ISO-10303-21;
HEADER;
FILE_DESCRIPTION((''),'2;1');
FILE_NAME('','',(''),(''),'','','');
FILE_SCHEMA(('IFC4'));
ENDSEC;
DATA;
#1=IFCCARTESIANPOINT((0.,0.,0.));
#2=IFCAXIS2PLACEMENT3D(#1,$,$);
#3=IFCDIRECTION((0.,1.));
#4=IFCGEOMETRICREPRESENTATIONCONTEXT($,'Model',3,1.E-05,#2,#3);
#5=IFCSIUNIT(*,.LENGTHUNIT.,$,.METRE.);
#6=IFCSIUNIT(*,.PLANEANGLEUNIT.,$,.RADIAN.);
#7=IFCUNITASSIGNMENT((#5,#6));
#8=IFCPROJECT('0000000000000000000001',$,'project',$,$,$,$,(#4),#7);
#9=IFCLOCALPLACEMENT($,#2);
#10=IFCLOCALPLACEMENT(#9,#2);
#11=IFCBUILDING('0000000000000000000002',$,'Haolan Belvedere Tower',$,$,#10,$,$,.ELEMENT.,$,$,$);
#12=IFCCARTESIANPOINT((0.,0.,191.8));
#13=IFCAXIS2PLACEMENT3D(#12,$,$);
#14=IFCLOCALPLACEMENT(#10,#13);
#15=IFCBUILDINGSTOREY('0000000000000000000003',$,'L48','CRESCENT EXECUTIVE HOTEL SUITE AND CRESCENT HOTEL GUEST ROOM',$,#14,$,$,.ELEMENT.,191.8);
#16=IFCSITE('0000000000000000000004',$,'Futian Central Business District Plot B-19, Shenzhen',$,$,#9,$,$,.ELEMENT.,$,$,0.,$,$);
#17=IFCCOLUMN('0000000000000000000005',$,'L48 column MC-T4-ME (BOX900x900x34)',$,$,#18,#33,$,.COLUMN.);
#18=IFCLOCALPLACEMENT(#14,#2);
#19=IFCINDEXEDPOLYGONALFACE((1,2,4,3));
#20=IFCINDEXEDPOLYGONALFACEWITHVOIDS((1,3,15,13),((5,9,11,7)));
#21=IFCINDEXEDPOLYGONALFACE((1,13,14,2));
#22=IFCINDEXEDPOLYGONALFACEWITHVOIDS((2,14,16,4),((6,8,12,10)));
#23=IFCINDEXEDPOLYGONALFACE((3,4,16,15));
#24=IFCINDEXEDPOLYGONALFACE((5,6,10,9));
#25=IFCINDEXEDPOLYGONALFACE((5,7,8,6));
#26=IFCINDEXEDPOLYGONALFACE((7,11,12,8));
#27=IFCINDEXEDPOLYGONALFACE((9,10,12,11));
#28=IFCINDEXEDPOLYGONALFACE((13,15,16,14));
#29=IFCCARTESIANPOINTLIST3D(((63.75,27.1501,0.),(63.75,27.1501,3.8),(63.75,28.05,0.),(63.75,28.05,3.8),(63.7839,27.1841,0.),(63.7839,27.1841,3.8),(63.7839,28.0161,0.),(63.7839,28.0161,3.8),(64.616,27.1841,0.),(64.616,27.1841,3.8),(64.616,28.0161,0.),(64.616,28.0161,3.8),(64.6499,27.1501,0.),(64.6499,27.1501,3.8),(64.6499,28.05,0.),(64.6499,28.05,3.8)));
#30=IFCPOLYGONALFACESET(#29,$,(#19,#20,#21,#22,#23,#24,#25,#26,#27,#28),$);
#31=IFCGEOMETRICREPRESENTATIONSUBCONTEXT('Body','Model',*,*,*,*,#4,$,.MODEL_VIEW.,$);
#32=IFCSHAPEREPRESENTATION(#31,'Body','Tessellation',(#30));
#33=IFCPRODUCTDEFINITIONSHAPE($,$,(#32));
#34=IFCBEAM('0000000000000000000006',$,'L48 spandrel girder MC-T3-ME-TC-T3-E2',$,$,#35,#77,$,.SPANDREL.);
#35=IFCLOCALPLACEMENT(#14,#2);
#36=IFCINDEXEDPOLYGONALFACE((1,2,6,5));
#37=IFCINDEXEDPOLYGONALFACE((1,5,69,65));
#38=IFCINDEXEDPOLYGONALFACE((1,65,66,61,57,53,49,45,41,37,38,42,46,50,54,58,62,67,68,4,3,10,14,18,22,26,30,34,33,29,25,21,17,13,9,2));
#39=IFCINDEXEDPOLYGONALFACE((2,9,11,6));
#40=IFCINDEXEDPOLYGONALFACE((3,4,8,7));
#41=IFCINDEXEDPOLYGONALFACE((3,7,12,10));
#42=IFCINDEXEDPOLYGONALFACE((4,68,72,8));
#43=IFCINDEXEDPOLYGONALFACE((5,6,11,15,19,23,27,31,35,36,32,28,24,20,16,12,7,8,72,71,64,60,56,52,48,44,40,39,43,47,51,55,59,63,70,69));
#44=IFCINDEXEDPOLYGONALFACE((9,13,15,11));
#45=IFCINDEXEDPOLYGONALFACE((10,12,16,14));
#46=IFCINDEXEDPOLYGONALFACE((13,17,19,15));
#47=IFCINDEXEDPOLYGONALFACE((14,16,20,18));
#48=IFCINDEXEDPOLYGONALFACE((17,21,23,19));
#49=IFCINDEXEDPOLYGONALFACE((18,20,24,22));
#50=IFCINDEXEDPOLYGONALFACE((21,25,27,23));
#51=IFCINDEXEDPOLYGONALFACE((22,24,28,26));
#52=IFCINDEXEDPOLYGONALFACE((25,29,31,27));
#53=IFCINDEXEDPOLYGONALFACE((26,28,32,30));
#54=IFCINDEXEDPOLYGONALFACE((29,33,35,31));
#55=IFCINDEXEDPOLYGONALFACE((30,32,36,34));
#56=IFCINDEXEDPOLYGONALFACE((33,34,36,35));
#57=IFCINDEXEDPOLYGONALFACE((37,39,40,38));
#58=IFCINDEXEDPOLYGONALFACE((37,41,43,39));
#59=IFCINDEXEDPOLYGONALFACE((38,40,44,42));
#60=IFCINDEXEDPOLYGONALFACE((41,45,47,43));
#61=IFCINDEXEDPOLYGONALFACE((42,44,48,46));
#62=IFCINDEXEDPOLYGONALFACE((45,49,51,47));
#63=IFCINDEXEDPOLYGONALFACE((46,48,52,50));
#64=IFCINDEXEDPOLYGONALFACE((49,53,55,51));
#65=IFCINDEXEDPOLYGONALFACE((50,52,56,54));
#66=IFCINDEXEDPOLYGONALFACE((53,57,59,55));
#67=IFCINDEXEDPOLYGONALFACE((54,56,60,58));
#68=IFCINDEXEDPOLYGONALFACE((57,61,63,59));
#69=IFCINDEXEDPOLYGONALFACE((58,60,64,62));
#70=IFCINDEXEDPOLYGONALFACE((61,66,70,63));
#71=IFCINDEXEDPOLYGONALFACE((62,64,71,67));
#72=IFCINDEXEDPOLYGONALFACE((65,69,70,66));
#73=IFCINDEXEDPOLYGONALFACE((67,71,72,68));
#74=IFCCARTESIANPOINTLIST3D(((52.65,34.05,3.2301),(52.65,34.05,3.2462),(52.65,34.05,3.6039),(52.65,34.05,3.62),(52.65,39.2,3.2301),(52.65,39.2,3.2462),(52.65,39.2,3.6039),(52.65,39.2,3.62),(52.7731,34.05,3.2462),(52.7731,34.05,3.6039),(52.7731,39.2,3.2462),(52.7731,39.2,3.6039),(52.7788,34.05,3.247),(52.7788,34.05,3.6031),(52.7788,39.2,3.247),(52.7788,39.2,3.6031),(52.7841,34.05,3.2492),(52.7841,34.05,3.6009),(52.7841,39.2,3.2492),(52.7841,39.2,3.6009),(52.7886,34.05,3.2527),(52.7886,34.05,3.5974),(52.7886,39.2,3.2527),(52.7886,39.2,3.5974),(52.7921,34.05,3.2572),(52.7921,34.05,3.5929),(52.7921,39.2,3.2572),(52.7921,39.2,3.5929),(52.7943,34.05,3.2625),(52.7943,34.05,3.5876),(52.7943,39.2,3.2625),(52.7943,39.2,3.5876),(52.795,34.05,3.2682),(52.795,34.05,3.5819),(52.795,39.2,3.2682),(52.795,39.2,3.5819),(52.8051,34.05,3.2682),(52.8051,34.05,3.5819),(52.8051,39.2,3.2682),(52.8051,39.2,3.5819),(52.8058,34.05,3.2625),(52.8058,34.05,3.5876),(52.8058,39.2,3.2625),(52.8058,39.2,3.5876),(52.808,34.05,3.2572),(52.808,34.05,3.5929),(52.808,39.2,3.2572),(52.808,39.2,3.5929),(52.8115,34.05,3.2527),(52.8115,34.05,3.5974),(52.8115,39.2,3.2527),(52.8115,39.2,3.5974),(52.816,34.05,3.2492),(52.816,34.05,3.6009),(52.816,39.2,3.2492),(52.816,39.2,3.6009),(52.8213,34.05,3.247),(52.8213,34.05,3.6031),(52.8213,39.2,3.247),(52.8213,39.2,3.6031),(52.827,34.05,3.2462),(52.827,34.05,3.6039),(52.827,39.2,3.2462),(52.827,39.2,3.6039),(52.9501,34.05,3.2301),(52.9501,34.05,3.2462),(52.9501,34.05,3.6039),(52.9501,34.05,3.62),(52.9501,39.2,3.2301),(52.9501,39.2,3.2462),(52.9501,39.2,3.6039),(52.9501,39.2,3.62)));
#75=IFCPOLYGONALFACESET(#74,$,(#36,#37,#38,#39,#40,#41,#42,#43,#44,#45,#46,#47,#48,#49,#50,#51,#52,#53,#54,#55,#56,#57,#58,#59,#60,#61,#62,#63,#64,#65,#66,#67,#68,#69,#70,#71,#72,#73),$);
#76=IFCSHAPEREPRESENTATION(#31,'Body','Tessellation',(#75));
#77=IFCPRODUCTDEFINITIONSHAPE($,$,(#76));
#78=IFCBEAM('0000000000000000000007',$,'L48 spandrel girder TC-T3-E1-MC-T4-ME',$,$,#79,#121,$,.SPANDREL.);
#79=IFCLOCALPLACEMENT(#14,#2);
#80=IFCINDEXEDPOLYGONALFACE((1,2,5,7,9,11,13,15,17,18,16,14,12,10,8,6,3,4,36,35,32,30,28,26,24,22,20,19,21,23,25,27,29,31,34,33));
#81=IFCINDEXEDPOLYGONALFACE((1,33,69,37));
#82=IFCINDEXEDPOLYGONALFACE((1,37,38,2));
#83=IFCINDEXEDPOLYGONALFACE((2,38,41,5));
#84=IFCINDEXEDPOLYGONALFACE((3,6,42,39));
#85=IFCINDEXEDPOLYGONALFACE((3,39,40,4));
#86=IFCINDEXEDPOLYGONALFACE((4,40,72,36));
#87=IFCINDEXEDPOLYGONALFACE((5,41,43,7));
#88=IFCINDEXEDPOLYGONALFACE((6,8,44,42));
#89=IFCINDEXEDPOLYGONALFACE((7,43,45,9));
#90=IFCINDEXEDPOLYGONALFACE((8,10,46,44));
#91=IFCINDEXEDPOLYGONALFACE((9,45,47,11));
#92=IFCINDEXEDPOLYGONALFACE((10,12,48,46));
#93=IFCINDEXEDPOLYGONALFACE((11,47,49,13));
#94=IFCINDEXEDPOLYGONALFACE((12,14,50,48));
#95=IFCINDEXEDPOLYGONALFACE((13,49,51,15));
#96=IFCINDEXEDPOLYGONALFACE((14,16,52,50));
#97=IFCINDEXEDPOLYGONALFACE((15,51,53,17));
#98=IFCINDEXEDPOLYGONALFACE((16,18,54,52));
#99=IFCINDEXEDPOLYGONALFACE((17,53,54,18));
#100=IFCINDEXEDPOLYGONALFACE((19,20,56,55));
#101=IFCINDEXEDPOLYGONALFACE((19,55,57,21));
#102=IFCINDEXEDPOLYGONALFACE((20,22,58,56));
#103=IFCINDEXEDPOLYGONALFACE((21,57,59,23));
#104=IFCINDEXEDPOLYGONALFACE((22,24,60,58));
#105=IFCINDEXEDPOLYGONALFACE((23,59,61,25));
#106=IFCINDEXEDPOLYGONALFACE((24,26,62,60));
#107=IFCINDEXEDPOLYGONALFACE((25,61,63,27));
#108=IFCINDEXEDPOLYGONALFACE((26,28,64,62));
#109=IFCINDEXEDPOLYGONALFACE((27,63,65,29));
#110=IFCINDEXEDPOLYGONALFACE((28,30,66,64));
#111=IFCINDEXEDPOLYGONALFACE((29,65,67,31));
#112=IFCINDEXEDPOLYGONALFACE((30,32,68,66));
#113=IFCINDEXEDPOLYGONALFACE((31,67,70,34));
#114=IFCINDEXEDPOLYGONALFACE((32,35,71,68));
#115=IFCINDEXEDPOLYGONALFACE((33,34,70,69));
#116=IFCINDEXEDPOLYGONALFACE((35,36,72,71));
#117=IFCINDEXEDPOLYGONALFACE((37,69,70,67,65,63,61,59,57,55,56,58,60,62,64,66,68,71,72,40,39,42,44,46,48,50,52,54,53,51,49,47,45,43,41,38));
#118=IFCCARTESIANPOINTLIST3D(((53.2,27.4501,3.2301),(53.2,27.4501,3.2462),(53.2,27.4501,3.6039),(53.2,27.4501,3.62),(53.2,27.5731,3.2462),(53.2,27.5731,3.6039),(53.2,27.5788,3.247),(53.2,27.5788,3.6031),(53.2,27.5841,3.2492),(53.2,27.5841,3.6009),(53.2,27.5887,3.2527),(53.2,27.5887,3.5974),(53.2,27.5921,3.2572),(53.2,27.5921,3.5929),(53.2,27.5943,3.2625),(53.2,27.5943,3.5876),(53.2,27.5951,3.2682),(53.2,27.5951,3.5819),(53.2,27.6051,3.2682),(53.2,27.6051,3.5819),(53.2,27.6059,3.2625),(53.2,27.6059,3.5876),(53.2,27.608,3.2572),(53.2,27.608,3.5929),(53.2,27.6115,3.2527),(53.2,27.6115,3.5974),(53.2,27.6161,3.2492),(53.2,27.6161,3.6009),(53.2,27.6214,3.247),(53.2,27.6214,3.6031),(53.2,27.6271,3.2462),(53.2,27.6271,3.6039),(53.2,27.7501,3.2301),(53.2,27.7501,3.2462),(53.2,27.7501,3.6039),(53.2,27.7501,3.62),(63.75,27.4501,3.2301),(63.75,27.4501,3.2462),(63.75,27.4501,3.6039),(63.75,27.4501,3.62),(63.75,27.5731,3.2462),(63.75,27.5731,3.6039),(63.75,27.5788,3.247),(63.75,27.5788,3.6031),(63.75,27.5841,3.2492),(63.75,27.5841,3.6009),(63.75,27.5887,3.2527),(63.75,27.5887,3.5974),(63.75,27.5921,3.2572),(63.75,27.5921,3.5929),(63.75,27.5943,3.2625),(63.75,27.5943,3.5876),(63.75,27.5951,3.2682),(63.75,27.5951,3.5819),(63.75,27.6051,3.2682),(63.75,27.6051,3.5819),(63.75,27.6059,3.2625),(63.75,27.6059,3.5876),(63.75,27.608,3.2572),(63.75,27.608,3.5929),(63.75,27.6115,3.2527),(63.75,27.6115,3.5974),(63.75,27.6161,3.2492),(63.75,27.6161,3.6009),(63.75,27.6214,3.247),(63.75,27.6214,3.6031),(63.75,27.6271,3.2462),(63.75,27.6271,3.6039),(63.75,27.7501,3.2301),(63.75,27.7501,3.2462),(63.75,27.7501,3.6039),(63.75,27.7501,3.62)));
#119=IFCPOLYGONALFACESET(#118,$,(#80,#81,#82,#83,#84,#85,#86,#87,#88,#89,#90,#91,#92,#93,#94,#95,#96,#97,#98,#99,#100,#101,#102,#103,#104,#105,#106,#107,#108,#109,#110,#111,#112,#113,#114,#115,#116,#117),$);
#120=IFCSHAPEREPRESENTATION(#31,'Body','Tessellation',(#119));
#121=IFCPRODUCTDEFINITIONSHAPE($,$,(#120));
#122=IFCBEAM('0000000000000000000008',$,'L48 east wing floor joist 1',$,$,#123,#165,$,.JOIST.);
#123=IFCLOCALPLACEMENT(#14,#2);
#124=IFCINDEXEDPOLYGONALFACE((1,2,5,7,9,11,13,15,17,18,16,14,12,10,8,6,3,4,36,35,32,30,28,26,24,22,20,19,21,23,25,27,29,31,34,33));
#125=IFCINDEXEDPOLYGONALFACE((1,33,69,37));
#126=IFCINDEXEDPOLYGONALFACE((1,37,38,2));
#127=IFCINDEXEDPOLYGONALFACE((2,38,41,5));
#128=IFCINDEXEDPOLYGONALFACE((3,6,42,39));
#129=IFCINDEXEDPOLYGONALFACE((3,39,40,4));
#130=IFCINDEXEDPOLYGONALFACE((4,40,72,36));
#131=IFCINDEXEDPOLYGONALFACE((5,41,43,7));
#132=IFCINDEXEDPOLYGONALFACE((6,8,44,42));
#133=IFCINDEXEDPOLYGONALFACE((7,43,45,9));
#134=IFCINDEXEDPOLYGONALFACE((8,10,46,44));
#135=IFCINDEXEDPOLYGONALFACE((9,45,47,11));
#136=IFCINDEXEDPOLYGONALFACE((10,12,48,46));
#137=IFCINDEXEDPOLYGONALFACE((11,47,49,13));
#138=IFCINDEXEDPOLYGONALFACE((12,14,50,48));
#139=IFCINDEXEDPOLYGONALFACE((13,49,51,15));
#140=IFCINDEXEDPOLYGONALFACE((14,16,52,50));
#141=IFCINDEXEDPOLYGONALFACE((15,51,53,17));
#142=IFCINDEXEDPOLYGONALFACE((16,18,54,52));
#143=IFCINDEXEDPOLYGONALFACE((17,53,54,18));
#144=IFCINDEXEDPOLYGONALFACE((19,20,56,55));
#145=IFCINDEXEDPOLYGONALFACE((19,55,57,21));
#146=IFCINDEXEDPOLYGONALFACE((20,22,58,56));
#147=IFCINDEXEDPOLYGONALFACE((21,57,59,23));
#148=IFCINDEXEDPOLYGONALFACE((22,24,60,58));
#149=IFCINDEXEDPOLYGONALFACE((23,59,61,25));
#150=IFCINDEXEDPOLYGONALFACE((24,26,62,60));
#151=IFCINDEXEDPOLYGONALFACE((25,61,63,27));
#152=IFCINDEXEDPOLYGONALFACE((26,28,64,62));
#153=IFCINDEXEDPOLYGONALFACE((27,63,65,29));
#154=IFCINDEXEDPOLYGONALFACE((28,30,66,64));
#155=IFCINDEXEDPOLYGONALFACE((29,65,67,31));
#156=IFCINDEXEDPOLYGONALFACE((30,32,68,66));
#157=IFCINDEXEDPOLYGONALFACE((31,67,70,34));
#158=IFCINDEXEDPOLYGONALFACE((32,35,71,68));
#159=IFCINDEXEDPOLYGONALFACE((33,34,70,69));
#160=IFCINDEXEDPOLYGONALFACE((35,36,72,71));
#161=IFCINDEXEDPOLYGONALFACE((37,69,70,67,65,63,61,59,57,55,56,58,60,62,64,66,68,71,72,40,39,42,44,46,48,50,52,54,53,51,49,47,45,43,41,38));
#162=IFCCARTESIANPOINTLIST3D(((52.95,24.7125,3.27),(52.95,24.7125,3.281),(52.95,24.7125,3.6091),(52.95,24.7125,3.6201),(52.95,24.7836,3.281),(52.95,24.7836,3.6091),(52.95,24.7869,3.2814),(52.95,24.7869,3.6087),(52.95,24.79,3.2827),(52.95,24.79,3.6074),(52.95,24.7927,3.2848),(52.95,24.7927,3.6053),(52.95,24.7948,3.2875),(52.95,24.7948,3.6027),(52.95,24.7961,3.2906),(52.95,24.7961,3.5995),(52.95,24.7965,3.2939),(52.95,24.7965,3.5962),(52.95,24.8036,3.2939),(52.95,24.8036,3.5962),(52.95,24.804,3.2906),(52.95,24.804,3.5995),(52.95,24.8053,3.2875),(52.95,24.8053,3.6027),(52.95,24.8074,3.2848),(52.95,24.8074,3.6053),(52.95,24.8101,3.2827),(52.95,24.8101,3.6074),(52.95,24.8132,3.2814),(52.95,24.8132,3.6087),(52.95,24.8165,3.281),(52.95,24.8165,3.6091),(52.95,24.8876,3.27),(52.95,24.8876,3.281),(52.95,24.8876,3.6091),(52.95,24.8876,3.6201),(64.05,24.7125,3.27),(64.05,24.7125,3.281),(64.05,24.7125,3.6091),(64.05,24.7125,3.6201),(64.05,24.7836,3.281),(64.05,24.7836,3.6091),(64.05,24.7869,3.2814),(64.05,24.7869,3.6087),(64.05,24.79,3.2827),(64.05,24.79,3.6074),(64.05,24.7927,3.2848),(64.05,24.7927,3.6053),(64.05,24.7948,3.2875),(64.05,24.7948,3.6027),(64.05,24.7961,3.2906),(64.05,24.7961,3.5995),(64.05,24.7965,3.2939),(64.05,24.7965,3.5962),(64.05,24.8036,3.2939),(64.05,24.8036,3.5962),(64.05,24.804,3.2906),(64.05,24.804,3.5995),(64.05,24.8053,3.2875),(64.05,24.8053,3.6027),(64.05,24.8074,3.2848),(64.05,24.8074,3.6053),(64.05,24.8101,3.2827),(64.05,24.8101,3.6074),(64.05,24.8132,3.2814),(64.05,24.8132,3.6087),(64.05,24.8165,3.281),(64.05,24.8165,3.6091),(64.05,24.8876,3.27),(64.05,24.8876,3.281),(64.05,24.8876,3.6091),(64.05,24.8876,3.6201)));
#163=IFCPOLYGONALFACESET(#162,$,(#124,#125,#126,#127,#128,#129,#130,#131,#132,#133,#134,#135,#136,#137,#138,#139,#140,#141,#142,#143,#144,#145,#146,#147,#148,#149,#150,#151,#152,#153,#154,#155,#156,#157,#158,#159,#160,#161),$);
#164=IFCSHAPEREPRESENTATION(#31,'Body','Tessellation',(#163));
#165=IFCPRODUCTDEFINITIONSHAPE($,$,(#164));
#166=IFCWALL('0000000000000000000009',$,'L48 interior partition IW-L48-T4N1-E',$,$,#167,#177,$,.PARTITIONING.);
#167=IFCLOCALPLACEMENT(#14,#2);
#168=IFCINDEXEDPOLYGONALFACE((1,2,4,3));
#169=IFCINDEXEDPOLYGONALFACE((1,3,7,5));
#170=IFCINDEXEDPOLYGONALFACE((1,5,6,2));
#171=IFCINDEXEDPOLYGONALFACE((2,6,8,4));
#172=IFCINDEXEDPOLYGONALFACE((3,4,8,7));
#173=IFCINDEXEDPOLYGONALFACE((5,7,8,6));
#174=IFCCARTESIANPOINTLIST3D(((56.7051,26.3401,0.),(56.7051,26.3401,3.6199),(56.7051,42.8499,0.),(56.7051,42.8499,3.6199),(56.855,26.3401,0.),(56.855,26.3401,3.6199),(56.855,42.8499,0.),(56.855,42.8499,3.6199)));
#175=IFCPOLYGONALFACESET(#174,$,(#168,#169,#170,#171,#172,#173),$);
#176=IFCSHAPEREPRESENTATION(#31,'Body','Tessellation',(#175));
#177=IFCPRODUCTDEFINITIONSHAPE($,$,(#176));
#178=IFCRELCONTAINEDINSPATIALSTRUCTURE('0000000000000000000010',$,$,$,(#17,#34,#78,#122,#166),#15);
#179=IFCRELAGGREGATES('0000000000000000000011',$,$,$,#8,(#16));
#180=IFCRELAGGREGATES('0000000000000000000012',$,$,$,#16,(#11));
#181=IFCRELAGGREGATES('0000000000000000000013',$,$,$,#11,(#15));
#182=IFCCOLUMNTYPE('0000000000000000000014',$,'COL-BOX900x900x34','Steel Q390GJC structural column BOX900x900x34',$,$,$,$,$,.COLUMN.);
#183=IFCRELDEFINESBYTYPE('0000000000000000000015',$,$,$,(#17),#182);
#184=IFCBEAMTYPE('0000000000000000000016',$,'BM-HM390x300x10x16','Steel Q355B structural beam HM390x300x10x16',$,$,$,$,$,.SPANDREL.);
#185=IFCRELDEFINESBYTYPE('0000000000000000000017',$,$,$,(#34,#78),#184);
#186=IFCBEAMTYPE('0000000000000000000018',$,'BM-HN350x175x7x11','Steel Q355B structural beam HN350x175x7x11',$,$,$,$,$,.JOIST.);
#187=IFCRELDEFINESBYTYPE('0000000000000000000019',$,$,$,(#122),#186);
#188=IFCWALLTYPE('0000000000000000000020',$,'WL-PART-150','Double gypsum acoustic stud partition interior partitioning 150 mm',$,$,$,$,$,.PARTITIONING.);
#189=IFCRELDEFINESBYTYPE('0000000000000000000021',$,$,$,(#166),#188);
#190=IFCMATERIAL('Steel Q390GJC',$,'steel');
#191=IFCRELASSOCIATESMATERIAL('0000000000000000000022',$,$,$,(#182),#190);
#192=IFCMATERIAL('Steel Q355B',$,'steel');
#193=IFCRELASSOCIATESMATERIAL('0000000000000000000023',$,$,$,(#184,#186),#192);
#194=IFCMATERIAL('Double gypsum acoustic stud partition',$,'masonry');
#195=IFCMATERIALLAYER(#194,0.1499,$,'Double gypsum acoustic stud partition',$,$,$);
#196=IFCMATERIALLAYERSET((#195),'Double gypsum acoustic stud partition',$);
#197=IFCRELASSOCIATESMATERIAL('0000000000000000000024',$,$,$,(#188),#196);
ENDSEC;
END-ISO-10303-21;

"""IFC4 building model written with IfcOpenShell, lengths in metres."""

from ifc_helpers import new_model, si_unit, direction, frame, frame_2d, origin, origin_2d, place, context, subcontext, project, spatial, rectangle, hollow_rectangle, i_section, extrude, material, layer, layer_set, material_profile, profile_set, type_object, element, save


model = new_model("IFC4")

# Units and contexts
model_context = context("Model", 3, precision=1e-05, world=origin(), true_north=direction((0.0, 1.0)))
body_context = subcontext(model_context, "Body", "Model", "MODEL_VIEW")
ifc_project = project(units=[si_unit("LENGTHUNIT", "METRE"), si_unit("PLANEANGLEUNIT", "RADIAN")], contexts=[model_context])

# Site, building, storey
site_placement = place(None, origin())
site = spatial("IfcSite", under=ifc_project, at=site_placement, Name="Futian Central Business District Plot B-19, Shenzhen", CompositionType="ELEMENT", RefElevation=0.0)
building_placement = place(site_placement, origin())
building = spatial("IfcBuilding", under=site, at=building_placement, Name="Haolan Belvedere Tower", CompositionType="ELEMENT")
storey_placement = place(building_placement, frame((0.0, 0.0, 191.8)))
storey = spatial("IfcBuildingStorey", under=building, at=storey_placement, Name="L48", Description="CRESCENT EXECUTIVE HOTEL SUITE AND CRESCENT HOTEL GUEST ROOM", CompositionType="ELEMENT", Elevation=191.8)

# Column
ifc_material_1 = material(Name="Steel Q390GJC", Category="steel")
ifc_material_profile_1 = material_profile(ifc_material_1, hollow_rectangle(XDim=0.8999, YDim=0.8999, WallThickness=0.0339, at=origin_2d()), Name="Steel Q390GJC")
ifc_profile_set_1 = profile_set([ifc_material_profile_1], Name="Steel Q390GJC")
column_type = type_object("IfcColumnType", Name="COL-BOX900x900x34", Description="Steel Q390GJC structural column BOX900x900x34", PredefinedType="COLUMN", material=ifc_profile_set_1)
column_placement = place(storey_placement, frame((64.2, 27.6001, 0.0), z_axis=(0.0, 0.0, 1.0), x_axis=(1.0, 0.0, 0.0)))
element("IfcColumn", 1, at=column_placement, inside=storey, type_object=column_type, Name="L48 column MC-T4-ME (BOX900x900x34)", PredefinedType="COLUMN", context=body_context, shape_type="SweptSolid", body=[
    extrude(hollow_rectangle(XDim=0.8999, YDim=0.8999, WallThickness=0.0339, at=origin_2d()), origin(), (0.0, 0.0, 1.0), 3.8),
])

# Beams
ifc_material_2 = material(Name="Steel Q355B", Category="steel")
ifc_material_profile_2 = material_profile(ifc_material_2, i_section(OverallWidth=0.3, OverallDepth=0.3899, WebThickness=0.01, FlangeThickness=0.0161, FilletRadius=0.022, at=origin_2d()), Name="Steel Q355B")
ifc_profile_set_2 = profile_set([ifc_material_profile_2], Name="Steel Q355B")
beam_type_1 = type_object("IfcBeamType", Name="BM-HM390x300x10x16", Description="Steel Q355B structural beam HM390x300x10x16", PredefinedType="SPANDREL", material=ifc_profile_set_2)
beam_1_placement = place(storey_placement, frame((52.8, 34.05, 3.425), z_axis=(0.0, 1.0, 0.0), x_axis=(-1.0, 0.0, 0.0)))
element("IfcBeam", 2, at=beam_1_placement, inside=storey, type_object=beam_type_1, Name="L48 spandrel girder MC-T3-ME-TC-T3-E2", PredefinedType="SPANDREL", context=body_context, shape_type="SweptSolid", body=[
    extrude(i_section(OverallWidth=0.3, OverallDepth=0.3899, WebThickness=0.01, FlangeThickness=0.0161, FilletRadius=0.022, at=origin_2d()), origin(), (0.0, 0.0, 1.0), 5.1499),
])
beam_2_placement = place(storey_placement, frame((53.2, 27.6001, 3.425), z_axis=(1.0, 0.0, 0.0), x_axis=(0.0, 1.0, 0.0)))
element("IfcBeam", 3, at=beam_2_placement, inside=storey, type_object=beam_type_1, Name="L48 spandrel girder TC-T3-E1-MC-T4-ME", PredefinedType="SPANDREL", context=body_context, shape_type="SweptSolid", body=[
    extrude(i_section(OverallWidth=0.3, OverallDepth=0.3899, WebThickness=0.01, FlangeThickness=0.0161, FilletRadius=0.022, at=origin_2d()), origin(), (0.0, 0.0, 1.0), 10.55),
])
ifc_material_profile_3 = material_profile(ifc_material_2, i_section(OverallWidth=0.175, OverallDepth=0.3501, WebThickness=0.0071, FlangeThickness=0.011, FilletRadius=0.0129, at=origin_2d()), Name="Steel Q355B")
ifc_profile_set_3 = profile_set([ifc_material_profile_3], Name="Steel Q355B")
beam_type_2 = type_object("IfcBeamType", Name="BM-HN350x175x7x11", Description="Steel Q355B structural beam HN350x175x7x11", PredefinedType="JOIST", material=ifc_profile_set_3)
beam_3_placement = place(storey_placement, frame((52.95, 24.8, 3.4451), z_axis=(1.0, 0.0, 0.0), x_axis=(0.0, 1.0, 0.0)))
element("IfcBeam", 4, at=beam_3_placement, inside=storey, type_object=beam_type_2, Name="L48 east wing floor joist 1", PredefinedType="JOIST", context=body_context, shape_type="SweptSolid", body=[
    extrude(i_section(OverallWidth=0.175, OverallDepth=0.3501, WebThickness=0.0071, FlangeThickness=0.011, FilletRadius=0.0129, at=origin_2d()), origin(), (0.0, 0.0, 1.0), 11.1001),
])

# Wall
ifc_material_3 = material(Name="Double gypsum acoustic stud partition", Category="masonry")
ifc_layer_1 = layer(ifc_material_3, 0.1499, Name="Double gypsum acoustic stud partition")
ifc_layer_set_1 = layer_set([ifc_layer_1], Name="Double gypsum acoustic stud partition")
wall_type_1 = type_object("IfcWallType", Name="WL-PART-150", Description="Double gypsum acoustic stud partition interior partitioning 150 mm", PredefinedType="PARTITIONING", material=ifc_layer_set_1)
wall_1_placement = place(storey_placement, frame((56.78, 26.3401, 0.0), z_axis=(0.0, 0.0, 1.0), x_axis=(0.0, 1.0, 0.0)))
element("IfcWall", 5, at=wall_1_placement, inside=storey, type_object=wall_type_1, Name="L48 interior partition IW-L48-T4N1-E", PredefinedType="PARTITIONING", context=body_context, shape_type="SweptSolid", body=[
    extrude(rectangle(XDim=16.5098, YDim=0.1499, at=frame_2d((8.2549, 0.0))), origin(), (0.0, 0.0, 1.0), 3.6199),
])

save(model, "model.ifc")
